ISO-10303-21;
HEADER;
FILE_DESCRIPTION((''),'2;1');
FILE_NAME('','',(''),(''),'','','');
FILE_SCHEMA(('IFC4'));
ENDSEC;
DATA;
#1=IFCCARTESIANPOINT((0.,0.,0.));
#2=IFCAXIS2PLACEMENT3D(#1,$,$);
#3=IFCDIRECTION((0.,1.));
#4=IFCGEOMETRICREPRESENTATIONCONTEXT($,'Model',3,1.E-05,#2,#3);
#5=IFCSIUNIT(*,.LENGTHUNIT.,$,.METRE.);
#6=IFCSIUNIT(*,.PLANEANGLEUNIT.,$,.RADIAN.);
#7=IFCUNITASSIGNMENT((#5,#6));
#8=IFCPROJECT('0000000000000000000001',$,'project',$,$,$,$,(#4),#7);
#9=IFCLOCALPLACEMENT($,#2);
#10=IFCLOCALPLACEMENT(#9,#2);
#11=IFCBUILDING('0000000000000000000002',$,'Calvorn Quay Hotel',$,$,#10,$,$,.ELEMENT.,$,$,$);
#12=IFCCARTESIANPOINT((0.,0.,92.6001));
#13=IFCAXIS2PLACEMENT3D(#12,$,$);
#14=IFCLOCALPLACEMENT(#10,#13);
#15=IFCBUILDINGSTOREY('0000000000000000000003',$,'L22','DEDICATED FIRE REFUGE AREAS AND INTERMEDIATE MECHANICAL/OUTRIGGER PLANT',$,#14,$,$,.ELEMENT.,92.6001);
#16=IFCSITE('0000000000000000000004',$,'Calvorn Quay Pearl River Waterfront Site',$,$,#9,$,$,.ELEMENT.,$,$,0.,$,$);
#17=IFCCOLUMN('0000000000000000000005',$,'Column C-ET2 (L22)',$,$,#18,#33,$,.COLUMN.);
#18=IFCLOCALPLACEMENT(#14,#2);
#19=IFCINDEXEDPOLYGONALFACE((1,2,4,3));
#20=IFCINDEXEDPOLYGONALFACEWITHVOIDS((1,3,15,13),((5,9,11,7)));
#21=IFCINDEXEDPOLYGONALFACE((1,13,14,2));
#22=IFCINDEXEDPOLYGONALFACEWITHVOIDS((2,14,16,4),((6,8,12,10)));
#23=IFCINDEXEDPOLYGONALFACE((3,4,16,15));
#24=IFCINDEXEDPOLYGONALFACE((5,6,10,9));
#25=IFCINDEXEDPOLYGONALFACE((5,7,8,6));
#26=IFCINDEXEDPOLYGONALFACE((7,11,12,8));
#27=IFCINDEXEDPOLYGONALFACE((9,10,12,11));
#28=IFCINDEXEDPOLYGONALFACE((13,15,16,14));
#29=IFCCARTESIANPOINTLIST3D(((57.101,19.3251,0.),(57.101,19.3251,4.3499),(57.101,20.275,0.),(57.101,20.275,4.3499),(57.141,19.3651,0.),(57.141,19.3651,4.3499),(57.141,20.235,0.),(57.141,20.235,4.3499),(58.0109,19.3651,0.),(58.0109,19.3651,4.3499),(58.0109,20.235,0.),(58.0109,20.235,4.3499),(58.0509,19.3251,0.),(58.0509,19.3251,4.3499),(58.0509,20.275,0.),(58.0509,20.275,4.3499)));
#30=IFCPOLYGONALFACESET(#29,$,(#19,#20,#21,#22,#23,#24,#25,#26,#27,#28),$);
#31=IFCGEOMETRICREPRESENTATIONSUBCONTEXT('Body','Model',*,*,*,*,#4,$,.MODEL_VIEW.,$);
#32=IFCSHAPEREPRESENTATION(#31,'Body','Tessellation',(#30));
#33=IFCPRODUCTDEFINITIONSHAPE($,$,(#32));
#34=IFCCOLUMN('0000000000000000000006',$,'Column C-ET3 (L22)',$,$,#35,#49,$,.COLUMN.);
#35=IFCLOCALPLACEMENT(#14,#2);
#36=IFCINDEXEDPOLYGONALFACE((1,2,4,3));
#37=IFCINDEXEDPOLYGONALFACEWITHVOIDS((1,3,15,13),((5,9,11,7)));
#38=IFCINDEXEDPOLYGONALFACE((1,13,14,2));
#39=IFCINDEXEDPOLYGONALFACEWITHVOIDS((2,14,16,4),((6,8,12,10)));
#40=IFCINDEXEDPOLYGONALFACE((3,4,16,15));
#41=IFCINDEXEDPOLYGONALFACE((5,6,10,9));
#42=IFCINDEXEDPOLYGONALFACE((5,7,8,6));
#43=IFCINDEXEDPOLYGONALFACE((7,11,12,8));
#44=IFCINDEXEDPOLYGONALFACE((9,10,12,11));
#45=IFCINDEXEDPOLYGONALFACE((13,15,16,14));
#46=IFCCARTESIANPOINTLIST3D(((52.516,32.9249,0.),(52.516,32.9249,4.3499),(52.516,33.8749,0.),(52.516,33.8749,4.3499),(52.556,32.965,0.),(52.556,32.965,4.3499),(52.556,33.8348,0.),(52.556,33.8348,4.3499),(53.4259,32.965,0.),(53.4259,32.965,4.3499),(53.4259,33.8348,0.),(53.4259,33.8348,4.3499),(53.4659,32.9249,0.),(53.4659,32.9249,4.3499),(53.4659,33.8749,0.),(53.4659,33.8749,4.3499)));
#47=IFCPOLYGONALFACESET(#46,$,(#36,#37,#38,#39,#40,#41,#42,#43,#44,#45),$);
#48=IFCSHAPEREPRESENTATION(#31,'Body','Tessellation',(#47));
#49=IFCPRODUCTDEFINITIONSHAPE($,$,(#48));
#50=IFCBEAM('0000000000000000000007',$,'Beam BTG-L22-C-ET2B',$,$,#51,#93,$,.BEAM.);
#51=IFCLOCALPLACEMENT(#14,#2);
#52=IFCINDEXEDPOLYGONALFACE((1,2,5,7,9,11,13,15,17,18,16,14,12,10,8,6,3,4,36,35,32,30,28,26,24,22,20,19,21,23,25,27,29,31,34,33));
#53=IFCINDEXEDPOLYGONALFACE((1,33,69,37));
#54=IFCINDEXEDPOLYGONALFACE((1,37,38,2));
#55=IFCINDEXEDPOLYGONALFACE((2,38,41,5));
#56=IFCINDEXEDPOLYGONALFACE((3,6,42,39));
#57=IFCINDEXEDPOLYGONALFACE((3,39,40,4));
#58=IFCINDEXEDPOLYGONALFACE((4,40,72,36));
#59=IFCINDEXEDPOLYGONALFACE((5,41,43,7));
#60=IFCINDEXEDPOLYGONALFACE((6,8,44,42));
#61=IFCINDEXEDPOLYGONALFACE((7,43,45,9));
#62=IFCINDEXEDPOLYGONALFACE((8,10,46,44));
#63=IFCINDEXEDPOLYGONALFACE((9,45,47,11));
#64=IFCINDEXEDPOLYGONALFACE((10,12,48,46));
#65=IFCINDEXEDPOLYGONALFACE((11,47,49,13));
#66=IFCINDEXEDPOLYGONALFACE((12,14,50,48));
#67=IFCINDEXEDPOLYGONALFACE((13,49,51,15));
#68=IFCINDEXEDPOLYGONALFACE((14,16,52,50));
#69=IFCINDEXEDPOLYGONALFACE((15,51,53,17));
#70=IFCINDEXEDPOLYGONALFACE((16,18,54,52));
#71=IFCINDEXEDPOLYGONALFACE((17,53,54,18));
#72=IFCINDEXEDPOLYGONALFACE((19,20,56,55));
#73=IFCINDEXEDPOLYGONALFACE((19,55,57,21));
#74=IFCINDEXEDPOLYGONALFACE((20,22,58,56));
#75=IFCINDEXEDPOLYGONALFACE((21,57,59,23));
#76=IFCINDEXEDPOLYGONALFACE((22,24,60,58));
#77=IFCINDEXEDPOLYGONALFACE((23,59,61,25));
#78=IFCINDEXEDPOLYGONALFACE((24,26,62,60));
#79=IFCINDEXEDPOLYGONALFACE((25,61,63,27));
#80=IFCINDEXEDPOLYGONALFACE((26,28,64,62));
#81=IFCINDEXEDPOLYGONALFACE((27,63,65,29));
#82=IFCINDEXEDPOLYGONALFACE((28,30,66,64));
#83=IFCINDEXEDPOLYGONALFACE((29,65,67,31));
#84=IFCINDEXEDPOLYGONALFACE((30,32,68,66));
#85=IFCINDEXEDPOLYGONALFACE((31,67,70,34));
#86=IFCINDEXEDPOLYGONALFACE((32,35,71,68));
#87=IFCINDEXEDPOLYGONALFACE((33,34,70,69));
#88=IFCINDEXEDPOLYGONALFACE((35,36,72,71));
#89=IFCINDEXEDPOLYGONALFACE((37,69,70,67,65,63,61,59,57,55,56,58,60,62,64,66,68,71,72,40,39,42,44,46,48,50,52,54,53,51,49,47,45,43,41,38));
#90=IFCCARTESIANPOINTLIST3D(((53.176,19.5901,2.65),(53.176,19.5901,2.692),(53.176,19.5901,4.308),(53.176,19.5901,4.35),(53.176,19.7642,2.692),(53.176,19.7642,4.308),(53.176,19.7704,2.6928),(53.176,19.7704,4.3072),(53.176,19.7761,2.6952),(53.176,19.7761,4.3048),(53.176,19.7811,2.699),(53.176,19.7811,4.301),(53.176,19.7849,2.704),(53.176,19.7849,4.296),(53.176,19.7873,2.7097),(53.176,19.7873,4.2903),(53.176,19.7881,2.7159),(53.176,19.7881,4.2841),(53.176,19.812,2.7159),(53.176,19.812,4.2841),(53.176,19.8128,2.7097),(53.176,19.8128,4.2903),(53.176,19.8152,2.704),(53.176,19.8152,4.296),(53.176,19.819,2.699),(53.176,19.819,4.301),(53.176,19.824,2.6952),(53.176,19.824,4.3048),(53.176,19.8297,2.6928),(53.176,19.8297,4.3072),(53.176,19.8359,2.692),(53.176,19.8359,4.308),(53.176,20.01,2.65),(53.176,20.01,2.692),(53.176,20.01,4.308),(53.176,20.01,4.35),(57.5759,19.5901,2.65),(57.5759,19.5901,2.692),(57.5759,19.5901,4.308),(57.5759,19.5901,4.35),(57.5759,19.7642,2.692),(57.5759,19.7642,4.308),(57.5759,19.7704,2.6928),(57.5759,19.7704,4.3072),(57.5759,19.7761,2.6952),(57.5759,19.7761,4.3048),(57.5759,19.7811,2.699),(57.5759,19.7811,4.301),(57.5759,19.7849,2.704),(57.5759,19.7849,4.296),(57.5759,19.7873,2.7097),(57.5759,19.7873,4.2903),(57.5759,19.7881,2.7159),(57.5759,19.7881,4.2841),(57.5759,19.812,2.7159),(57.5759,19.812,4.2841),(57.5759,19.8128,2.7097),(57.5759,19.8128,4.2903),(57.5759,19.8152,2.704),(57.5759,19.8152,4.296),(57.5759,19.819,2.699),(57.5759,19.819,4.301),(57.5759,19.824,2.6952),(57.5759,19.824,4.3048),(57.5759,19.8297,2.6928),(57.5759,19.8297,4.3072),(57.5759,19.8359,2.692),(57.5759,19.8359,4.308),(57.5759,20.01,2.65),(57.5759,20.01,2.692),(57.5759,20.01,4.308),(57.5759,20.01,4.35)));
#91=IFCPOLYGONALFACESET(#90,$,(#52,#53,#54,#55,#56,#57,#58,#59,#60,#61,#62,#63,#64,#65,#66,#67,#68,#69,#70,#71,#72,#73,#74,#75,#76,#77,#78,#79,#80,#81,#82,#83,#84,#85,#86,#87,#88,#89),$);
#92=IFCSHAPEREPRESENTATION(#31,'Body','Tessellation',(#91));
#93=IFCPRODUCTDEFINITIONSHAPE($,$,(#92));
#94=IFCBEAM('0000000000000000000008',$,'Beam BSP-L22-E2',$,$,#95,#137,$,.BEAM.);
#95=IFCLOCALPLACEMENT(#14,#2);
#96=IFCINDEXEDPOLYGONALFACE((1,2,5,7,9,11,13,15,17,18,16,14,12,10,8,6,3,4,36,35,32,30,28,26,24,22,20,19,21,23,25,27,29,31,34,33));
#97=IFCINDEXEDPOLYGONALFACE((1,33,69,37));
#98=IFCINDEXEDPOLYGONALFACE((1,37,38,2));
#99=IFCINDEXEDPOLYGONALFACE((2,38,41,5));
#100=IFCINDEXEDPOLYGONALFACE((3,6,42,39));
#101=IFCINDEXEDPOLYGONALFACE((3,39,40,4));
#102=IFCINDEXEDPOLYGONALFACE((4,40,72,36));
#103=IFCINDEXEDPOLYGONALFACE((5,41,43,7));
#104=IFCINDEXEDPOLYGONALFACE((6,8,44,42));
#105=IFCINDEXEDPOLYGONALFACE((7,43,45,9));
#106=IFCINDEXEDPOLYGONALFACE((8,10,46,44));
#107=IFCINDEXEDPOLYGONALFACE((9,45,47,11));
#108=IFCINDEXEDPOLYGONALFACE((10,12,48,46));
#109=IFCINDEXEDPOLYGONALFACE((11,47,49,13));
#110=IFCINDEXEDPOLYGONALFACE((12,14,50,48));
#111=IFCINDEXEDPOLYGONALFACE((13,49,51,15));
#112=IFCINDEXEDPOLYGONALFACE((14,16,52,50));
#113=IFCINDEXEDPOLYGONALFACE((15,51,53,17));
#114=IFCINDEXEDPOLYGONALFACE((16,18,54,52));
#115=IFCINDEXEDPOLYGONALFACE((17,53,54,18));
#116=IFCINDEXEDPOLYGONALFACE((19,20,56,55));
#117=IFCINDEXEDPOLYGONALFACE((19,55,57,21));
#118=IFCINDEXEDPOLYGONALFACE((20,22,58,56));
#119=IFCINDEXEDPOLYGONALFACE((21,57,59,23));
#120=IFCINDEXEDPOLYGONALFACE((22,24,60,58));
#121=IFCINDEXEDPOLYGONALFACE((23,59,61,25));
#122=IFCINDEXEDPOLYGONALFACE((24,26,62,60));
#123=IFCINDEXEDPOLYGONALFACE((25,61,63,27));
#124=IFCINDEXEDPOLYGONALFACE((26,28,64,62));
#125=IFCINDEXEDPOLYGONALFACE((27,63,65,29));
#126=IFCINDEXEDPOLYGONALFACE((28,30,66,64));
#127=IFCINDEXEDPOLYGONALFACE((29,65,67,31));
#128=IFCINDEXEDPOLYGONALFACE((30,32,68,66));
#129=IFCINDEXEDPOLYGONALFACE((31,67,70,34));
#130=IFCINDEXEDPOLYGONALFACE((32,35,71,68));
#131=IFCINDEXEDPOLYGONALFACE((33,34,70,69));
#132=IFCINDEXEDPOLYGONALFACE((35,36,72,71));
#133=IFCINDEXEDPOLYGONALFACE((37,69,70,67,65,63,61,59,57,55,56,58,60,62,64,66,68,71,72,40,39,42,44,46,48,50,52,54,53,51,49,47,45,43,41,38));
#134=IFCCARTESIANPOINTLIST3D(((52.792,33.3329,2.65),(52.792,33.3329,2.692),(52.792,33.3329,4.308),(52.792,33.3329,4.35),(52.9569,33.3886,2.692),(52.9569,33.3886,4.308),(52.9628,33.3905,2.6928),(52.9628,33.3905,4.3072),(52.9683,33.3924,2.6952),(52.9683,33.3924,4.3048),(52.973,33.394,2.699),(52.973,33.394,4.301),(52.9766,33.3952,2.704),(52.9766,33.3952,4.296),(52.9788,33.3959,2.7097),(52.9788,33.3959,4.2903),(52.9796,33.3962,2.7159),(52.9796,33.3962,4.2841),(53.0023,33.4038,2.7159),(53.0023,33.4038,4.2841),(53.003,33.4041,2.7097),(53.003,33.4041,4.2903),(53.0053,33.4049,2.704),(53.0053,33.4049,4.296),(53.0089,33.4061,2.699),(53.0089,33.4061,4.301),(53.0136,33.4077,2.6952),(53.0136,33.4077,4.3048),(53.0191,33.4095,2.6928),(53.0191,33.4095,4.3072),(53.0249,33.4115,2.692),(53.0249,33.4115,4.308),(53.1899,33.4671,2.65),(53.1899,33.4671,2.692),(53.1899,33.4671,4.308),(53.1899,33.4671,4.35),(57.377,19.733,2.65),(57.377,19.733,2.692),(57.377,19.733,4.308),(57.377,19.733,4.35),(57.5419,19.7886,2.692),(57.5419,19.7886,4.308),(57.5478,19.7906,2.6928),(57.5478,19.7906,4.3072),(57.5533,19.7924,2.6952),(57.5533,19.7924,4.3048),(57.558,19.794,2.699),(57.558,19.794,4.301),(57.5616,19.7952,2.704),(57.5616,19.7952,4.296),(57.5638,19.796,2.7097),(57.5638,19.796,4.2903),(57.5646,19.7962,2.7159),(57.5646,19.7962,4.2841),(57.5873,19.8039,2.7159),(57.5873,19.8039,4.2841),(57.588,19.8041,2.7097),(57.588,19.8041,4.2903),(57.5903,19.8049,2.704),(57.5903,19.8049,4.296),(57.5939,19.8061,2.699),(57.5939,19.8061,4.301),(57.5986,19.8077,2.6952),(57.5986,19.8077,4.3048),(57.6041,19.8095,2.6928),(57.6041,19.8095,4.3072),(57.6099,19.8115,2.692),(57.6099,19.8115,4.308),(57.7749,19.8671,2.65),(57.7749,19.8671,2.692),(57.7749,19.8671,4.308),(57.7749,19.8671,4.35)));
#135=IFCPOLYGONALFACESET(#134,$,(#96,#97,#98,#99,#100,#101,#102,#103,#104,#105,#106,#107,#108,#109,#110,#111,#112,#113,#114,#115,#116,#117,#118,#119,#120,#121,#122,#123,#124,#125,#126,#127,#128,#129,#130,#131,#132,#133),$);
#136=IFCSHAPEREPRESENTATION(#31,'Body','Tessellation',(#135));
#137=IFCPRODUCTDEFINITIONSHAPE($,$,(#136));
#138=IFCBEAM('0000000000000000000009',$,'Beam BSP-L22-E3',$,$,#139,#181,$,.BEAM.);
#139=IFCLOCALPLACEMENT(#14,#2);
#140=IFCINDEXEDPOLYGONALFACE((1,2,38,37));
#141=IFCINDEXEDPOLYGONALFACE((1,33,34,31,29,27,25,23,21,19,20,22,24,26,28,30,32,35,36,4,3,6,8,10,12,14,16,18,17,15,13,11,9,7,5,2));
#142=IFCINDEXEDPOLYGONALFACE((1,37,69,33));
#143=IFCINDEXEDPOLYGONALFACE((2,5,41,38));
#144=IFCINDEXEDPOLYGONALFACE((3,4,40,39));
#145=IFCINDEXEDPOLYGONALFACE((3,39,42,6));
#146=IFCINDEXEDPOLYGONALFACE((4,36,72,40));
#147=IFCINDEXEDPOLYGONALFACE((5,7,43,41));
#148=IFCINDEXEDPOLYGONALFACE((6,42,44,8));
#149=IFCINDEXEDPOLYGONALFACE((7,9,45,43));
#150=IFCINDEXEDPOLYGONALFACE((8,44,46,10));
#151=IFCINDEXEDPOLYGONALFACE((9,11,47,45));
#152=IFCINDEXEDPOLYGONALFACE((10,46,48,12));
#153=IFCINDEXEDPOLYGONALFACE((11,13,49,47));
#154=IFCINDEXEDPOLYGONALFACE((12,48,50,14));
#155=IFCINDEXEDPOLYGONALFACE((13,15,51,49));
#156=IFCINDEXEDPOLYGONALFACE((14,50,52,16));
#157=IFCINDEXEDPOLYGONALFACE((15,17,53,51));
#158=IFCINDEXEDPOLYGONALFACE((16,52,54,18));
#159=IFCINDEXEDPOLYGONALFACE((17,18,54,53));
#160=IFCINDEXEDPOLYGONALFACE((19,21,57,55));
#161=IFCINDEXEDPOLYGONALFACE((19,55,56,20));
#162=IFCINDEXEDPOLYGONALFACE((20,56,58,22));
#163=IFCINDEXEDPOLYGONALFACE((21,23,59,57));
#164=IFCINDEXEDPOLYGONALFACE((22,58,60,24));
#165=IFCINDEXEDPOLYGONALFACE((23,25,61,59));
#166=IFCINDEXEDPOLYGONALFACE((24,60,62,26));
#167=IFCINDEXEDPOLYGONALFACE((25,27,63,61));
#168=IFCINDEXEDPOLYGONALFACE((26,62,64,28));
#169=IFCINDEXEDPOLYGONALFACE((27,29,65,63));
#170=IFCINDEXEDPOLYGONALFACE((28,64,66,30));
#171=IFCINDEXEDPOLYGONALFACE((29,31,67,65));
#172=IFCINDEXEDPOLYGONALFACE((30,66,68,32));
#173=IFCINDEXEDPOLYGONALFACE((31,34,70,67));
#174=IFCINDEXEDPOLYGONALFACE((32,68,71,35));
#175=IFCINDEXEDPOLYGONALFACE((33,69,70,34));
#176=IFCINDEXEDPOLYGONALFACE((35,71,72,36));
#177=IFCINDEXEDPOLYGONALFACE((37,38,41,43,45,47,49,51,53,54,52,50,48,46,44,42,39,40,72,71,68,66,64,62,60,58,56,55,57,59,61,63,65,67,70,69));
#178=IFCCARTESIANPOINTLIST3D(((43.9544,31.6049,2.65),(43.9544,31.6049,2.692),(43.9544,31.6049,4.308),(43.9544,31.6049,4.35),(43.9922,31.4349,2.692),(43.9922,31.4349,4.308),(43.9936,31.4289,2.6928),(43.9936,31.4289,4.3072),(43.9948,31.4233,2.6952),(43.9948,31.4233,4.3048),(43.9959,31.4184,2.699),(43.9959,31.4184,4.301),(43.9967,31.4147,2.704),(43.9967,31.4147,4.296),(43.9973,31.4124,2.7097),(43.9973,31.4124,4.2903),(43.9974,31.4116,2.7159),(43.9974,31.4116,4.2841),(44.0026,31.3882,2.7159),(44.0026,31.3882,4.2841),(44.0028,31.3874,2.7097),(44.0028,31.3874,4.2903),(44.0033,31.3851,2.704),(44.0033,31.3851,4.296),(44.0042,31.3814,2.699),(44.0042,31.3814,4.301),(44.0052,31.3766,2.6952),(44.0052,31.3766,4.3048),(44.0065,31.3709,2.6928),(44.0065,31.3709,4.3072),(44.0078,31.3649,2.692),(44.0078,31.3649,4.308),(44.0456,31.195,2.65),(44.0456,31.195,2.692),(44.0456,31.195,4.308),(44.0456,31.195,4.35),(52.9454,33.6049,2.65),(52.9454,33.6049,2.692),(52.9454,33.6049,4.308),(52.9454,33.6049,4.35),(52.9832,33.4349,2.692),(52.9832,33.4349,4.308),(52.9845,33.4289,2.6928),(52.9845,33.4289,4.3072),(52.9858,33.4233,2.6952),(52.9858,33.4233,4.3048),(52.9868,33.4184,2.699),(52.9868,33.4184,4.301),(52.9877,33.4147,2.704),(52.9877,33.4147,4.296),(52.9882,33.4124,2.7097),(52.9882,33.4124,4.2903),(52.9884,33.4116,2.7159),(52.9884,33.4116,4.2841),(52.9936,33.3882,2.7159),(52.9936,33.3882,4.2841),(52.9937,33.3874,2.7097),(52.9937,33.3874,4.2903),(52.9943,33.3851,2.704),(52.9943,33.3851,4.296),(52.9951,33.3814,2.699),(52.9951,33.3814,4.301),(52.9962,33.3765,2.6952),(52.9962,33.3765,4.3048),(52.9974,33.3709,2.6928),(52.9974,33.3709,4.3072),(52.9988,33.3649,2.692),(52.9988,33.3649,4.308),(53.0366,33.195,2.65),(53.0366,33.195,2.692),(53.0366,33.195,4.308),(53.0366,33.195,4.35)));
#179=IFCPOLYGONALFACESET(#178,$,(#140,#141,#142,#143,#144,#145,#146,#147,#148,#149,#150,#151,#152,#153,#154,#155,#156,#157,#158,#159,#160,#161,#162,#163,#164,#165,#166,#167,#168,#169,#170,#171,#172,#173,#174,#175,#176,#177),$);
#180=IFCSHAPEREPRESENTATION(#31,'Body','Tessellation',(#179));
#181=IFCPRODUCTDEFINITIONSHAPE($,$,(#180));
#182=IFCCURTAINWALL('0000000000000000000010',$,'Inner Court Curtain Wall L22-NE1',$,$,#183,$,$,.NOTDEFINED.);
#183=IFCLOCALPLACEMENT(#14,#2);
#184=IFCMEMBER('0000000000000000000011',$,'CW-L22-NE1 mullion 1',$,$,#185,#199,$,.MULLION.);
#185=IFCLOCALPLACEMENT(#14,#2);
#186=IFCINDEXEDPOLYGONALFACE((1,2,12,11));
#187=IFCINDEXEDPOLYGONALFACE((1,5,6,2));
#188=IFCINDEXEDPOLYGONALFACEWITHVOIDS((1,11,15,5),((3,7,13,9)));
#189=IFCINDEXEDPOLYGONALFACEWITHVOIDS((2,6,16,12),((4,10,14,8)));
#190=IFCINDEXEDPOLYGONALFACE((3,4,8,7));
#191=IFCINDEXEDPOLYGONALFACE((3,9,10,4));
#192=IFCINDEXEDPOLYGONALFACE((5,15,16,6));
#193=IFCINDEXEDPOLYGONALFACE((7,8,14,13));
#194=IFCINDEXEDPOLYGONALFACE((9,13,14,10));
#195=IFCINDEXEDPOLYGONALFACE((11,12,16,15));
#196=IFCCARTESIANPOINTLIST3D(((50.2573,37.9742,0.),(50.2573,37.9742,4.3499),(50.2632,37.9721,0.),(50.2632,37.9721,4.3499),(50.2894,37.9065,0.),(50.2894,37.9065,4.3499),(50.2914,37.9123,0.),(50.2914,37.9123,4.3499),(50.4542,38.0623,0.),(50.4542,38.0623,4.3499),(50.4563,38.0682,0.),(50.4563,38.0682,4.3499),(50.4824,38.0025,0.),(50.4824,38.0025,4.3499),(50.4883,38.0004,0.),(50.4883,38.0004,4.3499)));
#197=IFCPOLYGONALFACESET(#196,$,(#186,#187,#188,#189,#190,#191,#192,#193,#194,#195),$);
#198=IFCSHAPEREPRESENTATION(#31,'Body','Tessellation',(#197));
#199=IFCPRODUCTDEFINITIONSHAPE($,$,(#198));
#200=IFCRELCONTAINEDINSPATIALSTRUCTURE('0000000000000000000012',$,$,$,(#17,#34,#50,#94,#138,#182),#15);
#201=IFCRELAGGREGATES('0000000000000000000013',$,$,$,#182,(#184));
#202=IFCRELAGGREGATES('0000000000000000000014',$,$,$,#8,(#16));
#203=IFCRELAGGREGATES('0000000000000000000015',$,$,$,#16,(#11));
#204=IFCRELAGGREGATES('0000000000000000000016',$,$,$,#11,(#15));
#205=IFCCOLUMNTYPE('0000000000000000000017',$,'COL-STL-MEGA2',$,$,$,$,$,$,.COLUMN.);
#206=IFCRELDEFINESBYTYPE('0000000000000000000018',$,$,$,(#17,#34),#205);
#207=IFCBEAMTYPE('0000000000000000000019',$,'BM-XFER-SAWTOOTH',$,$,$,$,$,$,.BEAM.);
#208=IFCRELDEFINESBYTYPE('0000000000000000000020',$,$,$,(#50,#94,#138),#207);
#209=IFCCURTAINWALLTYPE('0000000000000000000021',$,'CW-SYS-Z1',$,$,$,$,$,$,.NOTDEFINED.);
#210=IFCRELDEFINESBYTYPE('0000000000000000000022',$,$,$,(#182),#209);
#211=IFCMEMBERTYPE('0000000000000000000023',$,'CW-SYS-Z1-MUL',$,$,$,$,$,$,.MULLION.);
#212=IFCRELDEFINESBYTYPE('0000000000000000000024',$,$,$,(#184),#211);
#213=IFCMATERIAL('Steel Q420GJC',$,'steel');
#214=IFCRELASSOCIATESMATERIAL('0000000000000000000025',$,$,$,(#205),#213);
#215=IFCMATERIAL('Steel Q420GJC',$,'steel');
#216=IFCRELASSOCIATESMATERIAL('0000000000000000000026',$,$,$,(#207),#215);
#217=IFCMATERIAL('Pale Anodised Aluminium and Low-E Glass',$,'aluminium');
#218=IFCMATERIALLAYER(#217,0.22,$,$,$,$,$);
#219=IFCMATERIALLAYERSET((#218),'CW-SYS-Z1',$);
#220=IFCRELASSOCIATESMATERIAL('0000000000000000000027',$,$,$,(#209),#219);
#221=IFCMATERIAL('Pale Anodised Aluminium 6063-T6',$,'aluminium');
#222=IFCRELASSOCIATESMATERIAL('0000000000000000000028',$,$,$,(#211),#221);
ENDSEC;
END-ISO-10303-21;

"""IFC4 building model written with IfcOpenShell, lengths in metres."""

from ifc_helpers import new_model, si_unit, direction, frame, origin, origin_2d, place, context, subcontext, project, spatial, hollow_rectangle, i_section, extrude, material, layer, layer_set, material_profile, profile_set, type_object, element, aggregate, save


model = new_model("IFC4")

# Units and contexts
model_context = context("Model", 3, precision=1e-05, world=origin(), true_north=direction((0.0, 1.0)))
body_context = subcontext(model_context, "Body", "Model", "MODEL_VIEW")
ifc_project = project(units=[si_unit("LENGTHUNIT", "METRE"), si_unit("PLANEANGLEUNIT", "RADIAN")], contexts=[model_context])

# Site, building, storey
site_placement = place(None, origin())
site = spatial("IfcSite", under=ifc_project, at=site_placement, Name="Calvorn Quay Pearl River Waterfront Site", CompositionType="ELEMENT", RefElevation=0.0)
building_placement = place(site_placement, origin())
building = spatial("IfcBuilding", under=site, at=building_placement, Name="Calvorn Quay Hotel", CompositionType="ELEMENT")
storey_placement = place(building_placement, frame((0.0, 0.0, 92.6001)))
storey = spatial("IfcBuildingStorey", under=building, at=storey_placement, Name="L22", Description="DEDICATED FIRE REFUGE AREAS AND INTERMEDIATE MECHANICAL/OUTRIGGER PLANT", CompositionType="ELEMENT", Elevation=92.6001)

# Columns
ifc_material_1 = material(Name="Steel Q420GJC", Category="steel")
ifc_material_profile_1 = material_profile(ifc_material_1, hollow_rectangle(XDim=0.95, YDim=0.95, WallThickness=0.04, at=origin_2d()), Name="BOX950x950x40")
ifc_profile_set_1 = profile_set([ifc_material_profile_1], Name="Steel Q420GJC")
column_type = type_object("IfcColumnType", Name="COL-STL-MEGA2", PredefinedType="COLUMN", material=ifc_profile_set_1)
for number, where, z_axis, x_axis, name in (
    (1, (57.5759, 19.8, 0.0), (0.0, 0.0, 1.0), (1.0, 0.0, 0.0), "Column C-ET2 (L22)"),
    (2, (52.991, 33.3999, 0.0), (0.0, 0.0, 1.0), (1.0, 0.0, 0.0), "Column C-ET3 (L22)"),
):
    element("IfcColumn", number, at=place(storey_placement, frame(where, z_axis=z_axis, x_axis=x_axis)), inside=storey, type_object=column_type, Name=name, PredefinedType="COLUMN", context=body_context, shape_type="SweptSolid", body=[
        extrude(hollow_rectangle(XDim=0.95, YDim=0.95, WallThickness=0.04, at=origin_2d()), origin(), (0.0, 0.0, 1.0), 4.3499),
    ])

# Beams
ifc_material_2 = material(Name="Steel Q420GJC", Category="steel")
ifc_material_profile_2 = material_profile(ifc_material_2, i_section(OverallWidth=0.4199, OverallDepth=1.7, WebThickness=0.0239, FlangeThickness=0.042, FilletRadius=0.0239, at=origin_2d()), Name="HN1700x420x24x42")
ifc_profile_set_2 = profile_set([ifc_material_profile_2], Name="Steel Q420GJC")
beam_type = type_object("IfcBeamType", Name="BM-XFER-SAWTOOTH", PredefinedType="BEAM", material=ifc_profile_set_2)
beam_1_placement = place(storey_placement, frame((53.176, 19.8, 3.5), z_axis=(1.0, 0.0, 0.0), x_axis=(0.0, 1.0, 0.0)))
element("IfcBeam", 3, at=beam_1_placement, inside=storey, type_object=beam_type, Name="Beam BTG-L22-C-ET2B", PredefinedType="BEAM", context=body_context, shape_type="SweptSolid", body=[
    extrude(i_section(OverallWidth=0.4199, OverallDepth=1.7, WebThickness=0.0239, FlangeThickness=0.042, FilletRadius=0.0239, at=origin_2d()), origin(), (0.0, 0.0, 1.0), 4.3999),
])
beam_2_placement = place(storey_placement, frame((57.5759, 19.8, 3.5), z_axis=(-0.319467, 0.947598, 0.0), x_axis=(-0.947598, -0.319467, 0.0)))
element("IfcBeam", 4, at=beam_2_placement, inside=storey, type_object=beam_type, Name="Beam BSP-L22-E2", PredefinedType="BEAM", context=body_context, shape_type="SweptSolid", body=[
    extrude(i_section(OverallWidth=0.4199, OverallDepth=1.7, WebThickness=0.0239, FlangeThickness=0.042, FilletRadius=0.0239, at=origin_2d()), origin(), (0.0, 0.0, 1.0), 14.3521),
])
beam_3_placement = place(storey_placement, frame((52.991, 33.3999, 3.5), z_axis=(-0.976141, -0.217138, 0.0), x_axis=(0.217138, -0.976141, 0.0)))
element("IfcBeam", 5, at=beam_3_placement, inside=storey, type_object=beam_type, Name="Beam BSP-L22-E3", PredefinedType="BEAM", context=body_context, shape_type="SweptSolid", body=[
    extrude(i_section(OverallWidth=0.4199, OverallDepth=1.7, WebThickness=0.0239, FlangeThickness=0.042, FilletRadius=0.0239, at=origin_2d()), origin(), (0.0, 0.0, 1.0), 9.2107),
])

# Curtain wall, member
ifc_material_3 = material(Name="Pale Anodised Aluminium and Low-E Glass", Category="aluminium")
ifc_layer_1 = layer(ifc_material_3, 0.22)
ifc_layer_set_1 = layer_set([ifc_layer_1], Name="CW-SYS-Z1")
curtain_wall_type = type_object("IfcCurtainWallType", Name="CW-SYS-Z1", PredefinedType="NOTDEFINED", material=ifc_layer_set_1)
curtain_wall_placement = place(storey_placement, origin())
curtain_wall = element("IfcCurtainWall", 6, at=curtain_wall_placement, inside=storey, type_object=curtain_wall_type, Name="Inner Court Curtain Wall L22-NE1", PredefinedType="NOTDEFINED")
ifc_material_4 = material(Name="Pale Anodised Aluminium 6063-T6", Category="aluminium")
ifc_material_profile_3 = material_profile(ifc_material_4, hollow_rectangle(XDim=0.075, YDim=0.22, WallThickness=0.0044, at=origin_2d()), Name="ALU-M220x75x4.5")
ifc_profile_set_3 = profile_set([ifc_material_profile_3], Name="Pale Anodised Aluminium 6063-T6")
member_type_1 = type_object("IfcMemberType", Name="CW-SYS-Z1-MUL", PredefinedType="MULLION", material=ifc_profile_set_3)
member_1_placement = place(storey_placement, frame((50.3728, 37.9873, 0.0), z_axis=(0.0, 0.0, 1.0), x_axis=(0.427006, -0.904249, 0.0)))
member_1 = element("IfcMember", 7, at=member_1_placement, type_object=member_type_1, Name="CW-L22-NE1 mullion 1", PredefinedType="MULLION", context=body_context, shape_type="SweptSolid", body=[
    extrude(hollow_rectangle(XDim=0.075, YDim=0.22, WallThickness=0.0044, at=origin_2d()), origin(), (0.0, 0.0, 1.0), 4.3499),
])
aggregate(curtain_wall, [member_1])

save(model, "model.ifc")
